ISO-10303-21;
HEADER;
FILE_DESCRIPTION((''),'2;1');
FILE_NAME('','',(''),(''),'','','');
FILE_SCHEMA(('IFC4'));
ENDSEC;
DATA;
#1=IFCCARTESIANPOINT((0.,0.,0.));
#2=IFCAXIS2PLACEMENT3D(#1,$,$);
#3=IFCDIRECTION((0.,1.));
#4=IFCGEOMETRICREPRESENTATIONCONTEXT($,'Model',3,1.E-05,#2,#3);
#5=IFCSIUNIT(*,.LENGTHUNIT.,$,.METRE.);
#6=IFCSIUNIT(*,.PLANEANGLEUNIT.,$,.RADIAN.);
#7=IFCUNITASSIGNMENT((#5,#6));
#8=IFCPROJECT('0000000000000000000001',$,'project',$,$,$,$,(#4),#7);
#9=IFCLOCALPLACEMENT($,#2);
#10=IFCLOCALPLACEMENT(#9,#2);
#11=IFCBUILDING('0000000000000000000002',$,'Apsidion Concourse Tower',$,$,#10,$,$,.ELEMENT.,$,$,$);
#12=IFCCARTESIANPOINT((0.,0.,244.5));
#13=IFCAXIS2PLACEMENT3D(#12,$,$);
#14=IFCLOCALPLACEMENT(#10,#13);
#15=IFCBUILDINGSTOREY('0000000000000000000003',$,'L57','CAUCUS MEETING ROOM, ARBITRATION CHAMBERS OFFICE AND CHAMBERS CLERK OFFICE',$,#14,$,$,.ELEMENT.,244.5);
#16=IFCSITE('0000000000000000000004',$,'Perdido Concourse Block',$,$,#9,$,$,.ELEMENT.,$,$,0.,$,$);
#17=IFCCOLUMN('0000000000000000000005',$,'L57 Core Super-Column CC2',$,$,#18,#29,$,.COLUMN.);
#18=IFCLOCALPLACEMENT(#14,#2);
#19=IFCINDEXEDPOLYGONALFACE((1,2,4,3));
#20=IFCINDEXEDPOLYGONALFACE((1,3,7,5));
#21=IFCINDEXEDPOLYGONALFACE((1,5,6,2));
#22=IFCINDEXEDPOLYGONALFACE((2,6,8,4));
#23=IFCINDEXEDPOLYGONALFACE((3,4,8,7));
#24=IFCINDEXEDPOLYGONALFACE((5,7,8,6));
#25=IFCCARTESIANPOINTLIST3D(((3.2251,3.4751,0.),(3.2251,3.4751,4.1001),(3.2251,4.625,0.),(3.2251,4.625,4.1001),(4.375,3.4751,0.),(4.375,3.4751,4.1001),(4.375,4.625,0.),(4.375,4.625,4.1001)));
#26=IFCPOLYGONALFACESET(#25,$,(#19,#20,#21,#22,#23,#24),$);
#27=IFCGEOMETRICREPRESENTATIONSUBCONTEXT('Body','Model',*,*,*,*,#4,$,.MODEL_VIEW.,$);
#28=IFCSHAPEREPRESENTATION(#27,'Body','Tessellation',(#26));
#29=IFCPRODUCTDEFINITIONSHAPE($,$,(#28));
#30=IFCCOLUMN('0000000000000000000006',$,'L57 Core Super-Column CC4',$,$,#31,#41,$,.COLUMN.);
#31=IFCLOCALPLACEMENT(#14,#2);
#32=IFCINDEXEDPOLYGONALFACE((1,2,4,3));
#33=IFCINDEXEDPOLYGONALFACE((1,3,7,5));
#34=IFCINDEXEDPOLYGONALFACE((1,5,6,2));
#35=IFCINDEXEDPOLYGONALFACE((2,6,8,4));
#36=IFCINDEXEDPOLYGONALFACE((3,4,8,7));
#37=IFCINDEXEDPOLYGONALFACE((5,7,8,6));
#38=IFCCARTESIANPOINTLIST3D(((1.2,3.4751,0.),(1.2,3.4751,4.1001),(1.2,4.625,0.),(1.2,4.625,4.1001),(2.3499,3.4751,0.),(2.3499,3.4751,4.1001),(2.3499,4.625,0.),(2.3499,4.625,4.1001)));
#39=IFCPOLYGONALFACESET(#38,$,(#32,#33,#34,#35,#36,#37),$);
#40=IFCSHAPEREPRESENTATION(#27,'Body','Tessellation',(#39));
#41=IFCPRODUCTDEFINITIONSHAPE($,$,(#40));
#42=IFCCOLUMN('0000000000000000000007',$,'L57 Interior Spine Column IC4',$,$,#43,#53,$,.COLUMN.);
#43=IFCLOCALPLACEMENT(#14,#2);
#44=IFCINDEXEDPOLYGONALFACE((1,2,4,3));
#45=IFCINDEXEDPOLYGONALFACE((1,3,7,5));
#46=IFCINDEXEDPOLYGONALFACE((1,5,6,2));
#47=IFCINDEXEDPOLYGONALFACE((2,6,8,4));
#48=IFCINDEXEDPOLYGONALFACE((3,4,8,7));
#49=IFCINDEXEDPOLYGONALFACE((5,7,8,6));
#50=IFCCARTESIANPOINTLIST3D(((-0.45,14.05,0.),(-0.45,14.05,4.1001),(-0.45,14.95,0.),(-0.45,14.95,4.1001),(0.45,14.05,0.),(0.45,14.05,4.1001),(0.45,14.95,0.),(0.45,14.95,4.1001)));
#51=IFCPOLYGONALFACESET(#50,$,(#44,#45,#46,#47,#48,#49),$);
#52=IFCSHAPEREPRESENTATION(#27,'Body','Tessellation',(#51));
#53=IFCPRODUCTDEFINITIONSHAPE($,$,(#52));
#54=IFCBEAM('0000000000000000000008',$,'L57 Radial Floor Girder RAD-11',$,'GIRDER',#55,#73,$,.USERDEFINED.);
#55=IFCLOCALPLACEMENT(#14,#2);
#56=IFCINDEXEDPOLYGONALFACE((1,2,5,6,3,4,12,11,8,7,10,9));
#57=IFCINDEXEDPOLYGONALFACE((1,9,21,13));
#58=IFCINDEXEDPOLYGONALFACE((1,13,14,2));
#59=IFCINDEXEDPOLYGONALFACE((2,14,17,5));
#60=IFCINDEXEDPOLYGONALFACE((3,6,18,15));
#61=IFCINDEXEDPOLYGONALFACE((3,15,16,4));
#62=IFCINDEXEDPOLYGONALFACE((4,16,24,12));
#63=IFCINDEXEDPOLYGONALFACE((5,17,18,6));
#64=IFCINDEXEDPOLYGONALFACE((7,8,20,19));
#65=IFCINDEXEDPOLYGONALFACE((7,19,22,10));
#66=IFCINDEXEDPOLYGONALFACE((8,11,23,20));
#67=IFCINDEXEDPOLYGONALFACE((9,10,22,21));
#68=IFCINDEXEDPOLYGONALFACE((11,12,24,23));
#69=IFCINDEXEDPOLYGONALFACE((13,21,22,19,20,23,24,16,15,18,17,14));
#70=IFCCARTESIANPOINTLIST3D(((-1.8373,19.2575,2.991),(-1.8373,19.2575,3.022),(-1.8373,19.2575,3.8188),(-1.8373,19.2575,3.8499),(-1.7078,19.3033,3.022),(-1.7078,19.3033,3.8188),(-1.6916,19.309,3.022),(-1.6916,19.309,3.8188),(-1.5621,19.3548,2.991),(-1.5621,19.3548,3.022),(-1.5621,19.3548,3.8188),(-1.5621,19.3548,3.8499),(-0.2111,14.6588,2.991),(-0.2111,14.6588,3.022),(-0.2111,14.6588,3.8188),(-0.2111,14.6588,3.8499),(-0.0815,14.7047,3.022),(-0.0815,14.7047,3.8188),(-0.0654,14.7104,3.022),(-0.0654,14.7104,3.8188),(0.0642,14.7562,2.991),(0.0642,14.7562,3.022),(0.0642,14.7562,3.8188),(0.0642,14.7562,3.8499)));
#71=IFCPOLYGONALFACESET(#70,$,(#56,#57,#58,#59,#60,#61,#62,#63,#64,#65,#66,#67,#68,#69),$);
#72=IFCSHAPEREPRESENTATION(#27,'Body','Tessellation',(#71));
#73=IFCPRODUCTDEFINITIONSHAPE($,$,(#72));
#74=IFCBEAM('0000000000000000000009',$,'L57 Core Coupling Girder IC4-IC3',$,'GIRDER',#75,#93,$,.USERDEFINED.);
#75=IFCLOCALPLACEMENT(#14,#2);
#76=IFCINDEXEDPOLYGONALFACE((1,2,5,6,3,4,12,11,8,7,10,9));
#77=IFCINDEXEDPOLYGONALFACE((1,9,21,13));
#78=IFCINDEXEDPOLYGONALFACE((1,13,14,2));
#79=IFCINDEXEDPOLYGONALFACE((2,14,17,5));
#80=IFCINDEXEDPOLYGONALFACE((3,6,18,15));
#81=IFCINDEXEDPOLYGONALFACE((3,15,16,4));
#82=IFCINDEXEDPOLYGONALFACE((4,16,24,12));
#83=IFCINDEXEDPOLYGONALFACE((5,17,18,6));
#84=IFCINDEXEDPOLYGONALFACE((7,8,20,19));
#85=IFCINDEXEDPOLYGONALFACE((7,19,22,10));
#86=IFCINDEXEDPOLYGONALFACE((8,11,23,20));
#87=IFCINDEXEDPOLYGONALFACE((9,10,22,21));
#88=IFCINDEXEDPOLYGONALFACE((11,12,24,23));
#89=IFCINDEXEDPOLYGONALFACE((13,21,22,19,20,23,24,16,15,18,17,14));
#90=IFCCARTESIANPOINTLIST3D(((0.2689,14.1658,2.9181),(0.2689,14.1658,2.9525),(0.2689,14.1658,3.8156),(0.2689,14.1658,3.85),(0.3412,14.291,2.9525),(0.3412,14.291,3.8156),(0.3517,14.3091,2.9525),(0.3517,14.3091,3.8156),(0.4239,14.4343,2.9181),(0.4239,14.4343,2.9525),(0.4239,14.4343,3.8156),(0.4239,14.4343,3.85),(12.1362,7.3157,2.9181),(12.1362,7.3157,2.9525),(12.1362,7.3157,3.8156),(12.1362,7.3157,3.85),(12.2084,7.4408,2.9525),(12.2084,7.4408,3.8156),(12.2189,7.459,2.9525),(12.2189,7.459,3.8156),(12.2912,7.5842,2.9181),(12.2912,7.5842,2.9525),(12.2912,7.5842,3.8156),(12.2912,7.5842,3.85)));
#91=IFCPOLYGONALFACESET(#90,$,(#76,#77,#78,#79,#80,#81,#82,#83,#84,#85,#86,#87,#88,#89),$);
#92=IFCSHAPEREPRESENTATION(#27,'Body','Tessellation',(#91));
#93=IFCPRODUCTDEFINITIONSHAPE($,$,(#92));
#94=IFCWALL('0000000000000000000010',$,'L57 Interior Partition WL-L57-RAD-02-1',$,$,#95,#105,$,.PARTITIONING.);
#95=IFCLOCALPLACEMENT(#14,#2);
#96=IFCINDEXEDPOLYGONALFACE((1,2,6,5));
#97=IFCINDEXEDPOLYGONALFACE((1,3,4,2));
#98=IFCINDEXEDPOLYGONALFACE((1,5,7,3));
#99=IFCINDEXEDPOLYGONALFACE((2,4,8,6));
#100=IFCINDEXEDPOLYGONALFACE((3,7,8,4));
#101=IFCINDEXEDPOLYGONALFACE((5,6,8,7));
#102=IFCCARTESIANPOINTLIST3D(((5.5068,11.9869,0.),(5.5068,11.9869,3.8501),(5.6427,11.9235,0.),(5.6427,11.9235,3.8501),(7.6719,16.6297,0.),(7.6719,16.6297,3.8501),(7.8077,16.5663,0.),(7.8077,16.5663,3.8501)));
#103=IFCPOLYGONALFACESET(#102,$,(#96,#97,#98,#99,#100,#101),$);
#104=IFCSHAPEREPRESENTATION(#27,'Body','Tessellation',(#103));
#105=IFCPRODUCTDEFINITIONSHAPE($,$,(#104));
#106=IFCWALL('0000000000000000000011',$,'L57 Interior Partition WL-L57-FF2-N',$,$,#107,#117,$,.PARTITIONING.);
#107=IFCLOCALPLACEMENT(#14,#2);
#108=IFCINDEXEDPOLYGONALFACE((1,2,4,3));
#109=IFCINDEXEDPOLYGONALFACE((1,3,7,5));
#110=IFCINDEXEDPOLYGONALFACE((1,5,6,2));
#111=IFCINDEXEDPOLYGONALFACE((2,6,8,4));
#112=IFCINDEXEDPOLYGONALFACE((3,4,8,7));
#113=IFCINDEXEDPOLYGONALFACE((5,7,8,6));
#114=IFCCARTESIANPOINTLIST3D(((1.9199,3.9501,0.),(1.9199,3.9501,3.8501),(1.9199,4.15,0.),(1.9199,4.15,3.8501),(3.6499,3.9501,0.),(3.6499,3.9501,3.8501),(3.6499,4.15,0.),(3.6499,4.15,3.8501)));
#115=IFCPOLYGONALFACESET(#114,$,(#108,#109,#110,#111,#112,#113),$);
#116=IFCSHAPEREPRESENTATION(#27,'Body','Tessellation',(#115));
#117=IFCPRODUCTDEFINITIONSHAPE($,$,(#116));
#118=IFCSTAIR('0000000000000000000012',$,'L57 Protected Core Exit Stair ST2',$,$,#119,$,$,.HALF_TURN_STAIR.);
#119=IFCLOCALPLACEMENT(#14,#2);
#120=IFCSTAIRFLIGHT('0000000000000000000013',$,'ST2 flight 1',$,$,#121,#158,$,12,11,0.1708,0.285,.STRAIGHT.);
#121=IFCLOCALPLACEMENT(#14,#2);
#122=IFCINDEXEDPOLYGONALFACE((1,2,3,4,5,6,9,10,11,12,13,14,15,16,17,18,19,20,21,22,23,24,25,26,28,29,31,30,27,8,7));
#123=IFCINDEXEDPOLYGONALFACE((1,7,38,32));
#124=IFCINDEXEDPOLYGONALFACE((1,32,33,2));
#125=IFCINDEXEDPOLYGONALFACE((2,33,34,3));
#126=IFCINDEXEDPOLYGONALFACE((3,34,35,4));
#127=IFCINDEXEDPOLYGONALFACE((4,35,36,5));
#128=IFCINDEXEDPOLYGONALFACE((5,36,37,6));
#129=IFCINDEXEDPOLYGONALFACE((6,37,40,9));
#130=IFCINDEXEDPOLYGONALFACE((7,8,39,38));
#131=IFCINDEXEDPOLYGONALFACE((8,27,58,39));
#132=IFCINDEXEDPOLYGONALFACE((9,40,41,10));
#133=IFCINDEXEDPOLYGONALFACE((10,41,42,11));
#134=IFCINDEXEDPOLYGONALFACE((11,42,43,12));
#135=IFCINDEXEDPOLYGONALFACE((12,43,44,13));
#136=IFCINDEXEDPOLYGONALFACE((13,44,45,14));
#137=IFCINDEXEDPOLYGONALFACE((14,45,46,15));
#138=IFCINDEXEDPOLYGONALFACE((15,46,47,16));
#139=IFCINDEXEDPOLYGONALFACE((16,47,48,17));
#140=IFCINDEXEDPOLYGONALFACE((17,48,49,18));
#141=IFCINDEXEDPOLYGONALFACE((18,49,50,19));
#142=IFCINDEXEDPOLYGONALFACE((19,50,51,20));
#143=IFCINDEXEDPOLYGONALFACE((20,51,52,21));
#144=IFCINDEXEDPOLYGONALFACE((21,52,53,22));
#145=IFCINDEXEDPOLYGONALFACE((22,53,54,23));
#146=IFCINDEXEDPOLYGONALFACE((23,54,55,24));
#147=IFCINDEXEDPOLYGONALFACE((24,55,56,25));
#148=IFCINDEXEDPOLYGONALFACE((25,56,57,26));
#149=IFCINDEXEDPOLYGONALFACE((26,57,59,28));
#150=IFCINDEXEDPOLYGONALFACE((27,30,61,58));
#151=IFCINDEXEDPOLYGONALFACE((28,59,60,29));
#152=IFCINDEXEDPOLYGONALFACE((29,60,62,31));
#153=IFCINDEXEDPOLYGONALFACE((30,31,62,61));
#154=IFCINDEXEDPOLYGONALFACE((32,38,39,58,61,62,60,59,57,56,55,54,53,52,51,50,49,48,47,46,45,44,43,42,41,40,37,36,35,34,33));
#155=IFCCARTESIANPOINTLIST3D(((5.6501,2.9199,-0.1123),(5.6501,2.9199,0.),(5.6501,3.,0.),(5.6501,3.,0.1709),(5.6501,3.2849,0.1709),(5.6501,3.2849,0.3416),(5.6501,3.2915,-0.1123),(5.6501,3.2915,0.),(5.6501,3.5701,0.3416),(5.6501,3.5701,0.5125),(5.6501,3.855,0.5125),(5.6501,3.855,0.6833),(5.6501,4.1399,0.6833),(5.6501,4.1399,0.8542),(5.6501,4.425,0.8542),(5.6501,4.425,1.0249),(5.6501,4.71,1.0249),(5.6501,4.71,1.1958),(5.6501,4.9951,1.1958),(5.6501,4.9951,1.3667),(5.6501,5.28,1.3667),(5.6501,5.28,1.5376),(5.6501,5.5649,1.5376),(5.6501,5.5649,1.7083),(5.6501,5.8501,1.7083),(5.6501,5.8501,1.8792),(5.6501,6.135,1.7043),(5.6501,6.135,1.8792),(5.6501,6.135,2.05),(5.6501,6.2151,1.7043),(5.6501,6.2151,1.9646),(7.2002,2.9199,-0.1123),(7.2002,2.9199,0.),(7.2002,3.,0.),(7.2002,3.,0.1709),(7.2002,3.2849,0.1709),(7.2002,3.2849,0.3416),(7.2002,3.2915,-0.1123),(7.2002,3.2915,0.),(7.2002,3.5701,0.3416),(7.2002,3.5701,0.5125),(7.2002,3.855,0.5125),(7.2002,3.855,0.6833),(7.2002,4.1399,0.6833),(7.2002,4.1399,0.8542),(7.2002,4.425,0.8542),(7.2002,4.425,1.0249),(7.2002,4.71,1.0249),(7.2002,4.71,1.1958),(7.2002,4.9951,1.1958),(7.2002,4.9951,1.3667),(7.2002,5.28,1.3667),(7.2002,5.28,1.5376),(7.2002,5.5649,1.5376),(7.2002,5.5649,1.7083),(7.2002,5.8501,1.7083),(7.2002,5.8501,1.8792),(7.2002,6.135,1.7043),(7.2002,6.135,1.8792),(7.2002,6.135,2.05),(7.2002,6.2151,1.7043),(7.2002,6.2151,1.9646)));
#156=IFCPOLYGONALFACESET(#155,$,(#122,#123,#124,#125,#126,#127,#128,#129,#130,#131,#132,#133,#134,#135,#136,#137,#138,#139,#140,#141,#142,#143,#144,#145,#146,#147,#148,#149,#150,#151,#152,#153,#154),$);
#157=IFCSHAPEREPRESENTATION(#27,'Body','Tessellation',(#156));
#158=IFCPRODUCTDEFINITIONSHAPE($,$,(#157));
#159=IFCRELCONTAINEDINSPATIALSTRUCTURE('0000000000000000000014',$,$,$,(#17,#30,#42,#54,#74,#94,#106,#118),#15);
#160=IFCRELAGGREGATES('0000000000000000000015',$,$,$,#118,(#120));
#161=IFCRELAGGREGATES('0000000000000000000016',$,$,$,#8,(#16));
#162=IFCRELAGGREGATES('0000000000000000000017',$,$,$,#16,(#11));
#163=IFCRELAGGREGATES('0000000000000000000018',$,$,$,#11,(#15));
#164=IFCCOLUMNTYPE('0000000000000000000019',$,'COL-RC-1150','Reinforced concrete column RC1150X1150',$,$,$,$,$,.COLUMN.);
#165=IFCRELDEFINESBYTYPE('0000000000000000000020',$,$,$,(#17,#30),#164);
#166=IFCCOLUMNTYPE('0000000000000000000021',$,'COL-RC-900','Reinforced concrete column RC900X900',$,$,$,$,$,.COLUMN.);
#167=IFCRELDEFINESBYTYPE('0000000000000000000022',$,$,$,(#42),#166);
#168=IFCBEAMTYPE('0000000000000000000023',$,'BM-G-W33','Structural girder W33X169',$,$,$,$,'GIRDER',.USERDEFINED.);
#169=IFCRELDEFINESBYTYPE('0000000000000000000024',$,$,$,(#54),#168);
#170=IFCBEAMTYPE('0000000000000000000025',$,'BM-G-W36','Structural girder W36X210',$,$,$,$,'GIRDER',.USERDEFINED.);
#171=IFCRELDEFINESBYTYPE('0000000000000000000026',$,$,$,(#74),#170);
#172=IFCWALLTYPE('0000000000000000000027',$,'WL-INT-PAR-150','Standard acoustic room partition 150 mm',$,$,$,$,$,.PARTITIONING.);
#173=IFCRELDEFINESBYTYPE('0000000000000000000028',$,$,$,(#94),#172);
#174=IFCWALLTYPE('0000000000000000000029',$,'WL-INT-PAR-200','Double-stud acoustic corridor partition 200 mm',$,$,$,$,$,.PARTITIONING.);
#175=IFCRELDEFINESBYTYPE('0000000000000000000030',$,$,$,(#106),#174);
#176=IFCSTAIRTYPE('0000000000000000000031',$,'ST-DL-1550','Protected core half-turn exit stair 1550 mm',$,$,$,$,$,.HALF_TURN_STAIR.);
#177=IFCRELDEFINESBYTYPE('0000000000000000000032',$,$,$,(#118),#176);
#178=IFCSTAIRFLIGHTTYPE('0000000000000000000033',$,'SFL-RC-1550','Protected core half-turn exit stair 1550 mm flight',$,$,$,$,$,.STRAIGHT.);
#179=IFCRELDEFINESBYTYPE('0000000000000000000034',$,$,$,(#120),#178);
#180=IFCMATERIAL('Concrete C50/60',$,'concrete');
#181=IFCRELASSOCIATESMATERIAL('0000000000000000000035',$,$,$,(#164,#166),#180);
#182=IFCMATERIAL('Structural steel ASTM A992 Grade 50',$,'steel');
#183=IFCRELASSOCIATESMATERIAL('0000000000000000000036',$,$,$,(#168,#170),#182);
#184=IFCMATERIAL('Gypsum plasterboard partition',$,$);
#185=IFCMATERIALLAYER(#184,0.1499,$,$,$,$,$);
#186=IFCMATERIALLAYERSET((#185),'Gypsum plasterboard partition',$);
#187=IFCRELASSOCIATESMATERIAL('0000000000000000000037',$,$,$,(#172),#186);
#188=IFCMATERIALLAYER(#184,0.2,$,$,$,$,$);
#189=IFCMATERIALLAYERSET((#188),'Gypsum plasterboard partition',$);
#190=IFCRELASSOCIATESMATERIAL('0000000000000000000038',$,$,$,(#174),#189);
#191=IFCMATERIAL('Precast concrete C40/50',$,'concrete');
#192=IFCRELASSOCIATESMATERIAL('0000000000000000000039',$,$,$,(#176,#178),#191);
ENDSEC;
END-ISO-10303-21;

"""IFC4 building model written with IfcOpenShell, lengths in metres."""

from ifc_helpers import new_model, si_unit, direction, frame, frame_2d, origin, origin_2d, place, context, subcontext, project, spatial, polyline, rectangle, i_section, outline, extrude, material, layer, layer_set, material_profile, profile_set, type_object, element, aggregate, save


model = new_model("IFC4")

# Units and contexts
model_context = context("Model", 3, precision=1e-05, world=origin(), true_north=direction((0.0, 1.0)))
body_context = subcontext(model_context, "Body", "Model", "MODEL_VIEW")
ifc_project = project(units=[si_unit("LENGTHUNIT", "METRE"), si_unit("PLANEANGLEUNIT", "RADIAN")], contexts=[model_context])

# Site, building, storey
site_placement = place(None, origin())
site = spatial("IfcSite", under=ifc_project, at=site_placement, Name="Perdido Concourse Block", CompositionType="ELEMENT", RefElevation=0.0)
building_placement = place(site_placement, origin())
building = spatial("IfcBuilding", under=site, at=building_placement, Name="Apsidion Concourse Tower", CompositionType="ELEMENT")
storey_placement = place(building_placement, frame((0.0, 0.0, 244.5)))
storey = spatial("IfcBuildingStorey", under=building, at=storey_placement, Name="L57", Description="CAUCUS MEETING ROOM, ARBITRATION CHAMBERS OFFICE AND CHAMBERS CLERK OFFICE", CompositionType="ELEMENT", Elevation=244.5)

# Columns
ifc_material_1 = material(Name="Concrete C50/60", Category="concrete")
ifc_material_profile_1 = material_profile(ifc_material_1, rectangle(XDim=1.1499, YDim=1.1499, at=origin_2d()), Name="RC 1150x1150")
ifc_profile_set_1 = profile_set([ifc_material_profile_1], Name="Concrete C50/60")
column_type_1 = type_object("IfcColumnType", Name="COL-RC-1150", Description="Reinforced concrete column RC1150X1150", PredefinedType="COLUMN", material=ifc_profile_set_1)
for number, where, z_axis, x_axis, name in (
    (1, (3.8, 4.05, 0.0), (0.0, 0.0, 1.0), (1.0, 0.0, 0.0), "L57 Core Super-Column CC2"),
    (2, (1.7749, 4.05, 0.0), (0.0, 0.0, 1.0), (1.0, 0.0, 0.0), "L57 Core Super-Column CC4"),
):
    element("IfcColumn", number, at=place(storey_placement, frame(where, z_axis=z_axis, x_axis=x_axis)), inside=storey, type_object=column_type_1, Name=name, PredefinedType="COLUMN", context=body_context, shape_type="SweptSolid", body=[
        extrude(rectangle(XDim=1.1499, YDim=1.1499, at=origin_2d()), origin(), (0.0, 0.0, 1.0), 4.1001),
    ])
ifc_material_profile_2 = material_profile(ifc_material_1, rectangle(XDim=0.8999, YDim=0.8999, at=origin_2d()), Name="RC 900x900")
ifc_profile_set_2 = profile_set([ifc_material_profile_2], Name="Concrete C50/60")
column_type_2 = type_object("IfcColumnType", Name="COL-RC-900", Description="Reinforced concrete column RC900X900", PredefinedType="COLUMN", material=ifc_profile_set_2)
column_placement = place(storey_placement, frame((0.0, 14.5, 0.0), z_axis=(0.0, 0.0, 1.0), x_axis=(1.0, 0.0, 0.0)))
element("IfcColumn", 3, at=column_placement, inside=storey, type_object=column_type_2, Name="L57 Interior Spine Column IC4", PredefinedType="COLUMN", context=body_context, shape_type="SweptSolid", body=[
    extrude(rectangle(XDim=0.8999, YDim=0.8999, at=origin_2d()), origin(), (0.0, 0.0, 1.0), 4.1001),
])

# Beams
ifc_material_2 = material(Name="Structural steel ASTM A992 Grade 50", Category="steel")
ifc_material_profile_3 = material_profile(ifc_material_2, i_section(OverallWidth=0.292, OverallDepth=0.8589, WebThickness=0.0171, FlangeThickness=0.031, at=origin_2d()), Name="W33X169")
ifc_profile_set_3 = profile_set([ifc_material_profile_3], Name="Structural steel ASTM A992 Grade 50")
beam_type_1 = type_object("IfcBeamType", Name="BM-G-W33", Description="Structural girder W33X169", ElementType="GIRDER", PredefinedType="USERDEFINED", material=ifc_profile_set_3)
beam_1_placement = place(storey_placement, frame((-0.0735, 14.7075, 3.4204), z_axis=(-0.333399, 0.942786, 0.0), x_axis=(-0.942786, -0.333399, 0.0)))
element("IfcBeam", 4, at=beam_1_placement, inside=storey, type_object=beam_type_1, Name="L57 Radial Floor Girder RAD-11", ObjectType="GIRDER", PredefinedType="USERDEFINED", context=body_context, shape_type="SweptSolid", body=[
    extrude(i_section(OverallWidth=0.292, OverallDepth=0.8589, WebThickness=0.0171, FlangeThickness=0.031, at=origin_2d()), origin(), (0.0, 0.0, 1.0), 4.8777),
])
ifc_material_profile_4 = material_profile(ifc_material_2, i_section(OverallWidth=0.3101, OverallDepth=0.9319, WebThickness=0.021, FlangeThickness=0.0344, at=origin_2d()), Name="W36X210")
ifc_profile_set_4 = profile_set([ifc_material_profile_4], Name="Structural steel ASTM A992 Grade 50")
beam_type_2 = type_object("IfcBeamType", Name="BM-G-W36", Description="Structural girder W36X210", ElementType="GIRDER", PredefinedType="USERDEFINED", material=ifc_profile_set_4)
beam_2_placement = place(storey_placement, frame((0.3464, 14.3, 3.384), z_axis=(0.86607, -0.499922, 0.0), x_axis=(0.499922, 0.86607, 0.0)))
element("IfcBeam", 5, at=beam_2_placement, inside=storey, type_object=beam_type_2, Name="L57 Core Coupling Girder IC4-IC3", ObjectType="GIRDER", PredefinedType="USERDEFINED", context=body_context, shape_type="SweptSolid", body=[
    extrude(i_section(OverallWidth=0.3101, OverallDepth=0.9319, WebThickness=0.021, FlangeThickness=0.0344, at=origin_2d()), origin(), (0.0, 0.0, 1.0), 13.7024),
])

# Walls
ifc_material_3 = material(Name="Gypsum plasterboard partition")
ifc_layer_1 = layer(ifc_material_3, 0.1499)
ifc_layer_set_1 = layer_set([ifc_layer_1], Name="Gypsum plasterboard partition")
wall_type_1 = type_object("IfcWallType", Name="WL-INT-PAR-150", Description="Standard acoustic room partition 150 mm", PredefinedType="PARTITIONING", material=ifc_layer_set_1)
wall_1_placement = place(storey_placement, frame((5.5747, 11.9551, 0.0), z_axis=(0.0, 0.0, 1.0), x_axis=(0.422627, 0.906304, 0.0)))
element("IfcWall", 6, at=wall_1_placement, inside=storey, type_object=wall_type_1, Name="L57 Interior Partition WL-L57-RAD-02-1", PredefinedType="PARTITIONING", context=body_context, shape_type="SweptSolid", body=[
    extrude(rectangle(XDim=5.1228, YDim=0.1499, at=frame_2d((2.5615, 0.0))), origin(), (0.0, 0.0, 1.0), 3.8501),
])
ifc_layer_2 = layer(ifc_material_3, 0.2)
ifc_layer_set_2 = layer_set([ifc_layer_2], Name="Gypsum plasterboard partition")
wall_type_2 = type_object("IfcWallType", Name="WL-INT-PAR-200", Description="Double-stud acoustic corridor partition 200 mm", PredefinedType="PARTITIONING", material=ifc_layer_set_2)
wall_2_placement = place(storey_placement, frame((1.9199, 4.05, 0.0), z_axis=(0.0, 0.0, 1.0), x_axis=(1.0, 0.0, 0.0)))
element("IfcWall", 7, at=wall_2_placement, inside=storey, type_object=wall_type_2, Name="L57 Interior Partition WL-L57-FF2-N", PredefinedType="PARTITIONING", context=body_context, shape_type="SweptSolid", body=[
    extrude(rectangle(XDim=1.73, YDim=0.2, at=frame_2d((0.865, 0.0))), origin(), (0.0, 0.0, 1.0), 3.8501),
])

# Stair, stair flight
ifc_material_4 = material(Name="Precast concrete C40/50", Category="concrete")
stair_type = type_object("IfcStairType", Name="ST-DL-1550", Description="Protected core half-turn exit stair 1550 mm", PredefinedType="HALF_TURN_STAIR", material=ifc_material_4)
stair_1_placement = place(storey_placement, origin())
stair_1 = element("IfcStair", 8, at=stair_1_placement, inside=storey, type_object=stair_type, Name="L57 Protected Core Exit Stair ST2", PredefinedType="HALF_TURN_STAIR")
stair_flight_type = type_object("IfcStairFlightType", Name="SFL-RC-1550", Description="Protected core half-turn exit stair 1550 mm flight", PredefinedType="STRAIGHT", material=ifc_material_4)
stair_flight_1_placement = place(storey_placement, frame((6.425, 3.0, 0.0), z_axis=(0.0, 0.0, 1.0), x_axis=(0.0, 1.0, 0.0)))
stair_flight_1 = element("IfcStairFlight", 9, at=stair_flight_1_placement, type_object=stair_flight_type, Name="ST2 flight 1", NumberOfRisers=12, NumberOfTreads=11, PredefinedType="STRAIGHT", RiserHeight=0.1708, TreadLength=0.285, context=body_context, shape_type="SweptSolid", body=[
    extrude(outline(polyline([(-0.0801, -0.1123), (-0.0801, 0.0), (0.0, 0.0), (0.0, 0.1709), (0.2849, 0.1709), (0.2849, 0.3416), (0.5701, 0.3416), (0.5701, 0.5125), (0.855, 0.5125), (0.855, 0.6833), (1.1399, 0.6833), (1.1399, 0.8542), (1.425, 0.8542), (1.425, 1.0249), (1.71, 1.0249), (1.71, 1.1958), (1.9951, 1.1958), (1.9951, 1.3667), (2.28, 1.3667), (2.28, 1.5376), (2.5649, 1.5376), (2.5649, 1.7083), (2.8501, 1.7083), (2.8501, 1.8792), (3.135, 1.8792), (3.135, 2.05), (3.2151, 1.9646), (3.2151, 1.7043), (3.135, 1.7043), (0.2915, 0.0), (0.2915, -0.1123), (-0.0801, -0.1123)])), frame((0.0, 0.7749, 0.0), z_axis=(0.0, -1.0, 0.0), x_axis=(1.0, 0.0, 0.0)), (0.0, 0.0, 1.0), 1.55),
])
aggregate(stair_1, [stair_flight_1])

save(model, "model.ifc")
